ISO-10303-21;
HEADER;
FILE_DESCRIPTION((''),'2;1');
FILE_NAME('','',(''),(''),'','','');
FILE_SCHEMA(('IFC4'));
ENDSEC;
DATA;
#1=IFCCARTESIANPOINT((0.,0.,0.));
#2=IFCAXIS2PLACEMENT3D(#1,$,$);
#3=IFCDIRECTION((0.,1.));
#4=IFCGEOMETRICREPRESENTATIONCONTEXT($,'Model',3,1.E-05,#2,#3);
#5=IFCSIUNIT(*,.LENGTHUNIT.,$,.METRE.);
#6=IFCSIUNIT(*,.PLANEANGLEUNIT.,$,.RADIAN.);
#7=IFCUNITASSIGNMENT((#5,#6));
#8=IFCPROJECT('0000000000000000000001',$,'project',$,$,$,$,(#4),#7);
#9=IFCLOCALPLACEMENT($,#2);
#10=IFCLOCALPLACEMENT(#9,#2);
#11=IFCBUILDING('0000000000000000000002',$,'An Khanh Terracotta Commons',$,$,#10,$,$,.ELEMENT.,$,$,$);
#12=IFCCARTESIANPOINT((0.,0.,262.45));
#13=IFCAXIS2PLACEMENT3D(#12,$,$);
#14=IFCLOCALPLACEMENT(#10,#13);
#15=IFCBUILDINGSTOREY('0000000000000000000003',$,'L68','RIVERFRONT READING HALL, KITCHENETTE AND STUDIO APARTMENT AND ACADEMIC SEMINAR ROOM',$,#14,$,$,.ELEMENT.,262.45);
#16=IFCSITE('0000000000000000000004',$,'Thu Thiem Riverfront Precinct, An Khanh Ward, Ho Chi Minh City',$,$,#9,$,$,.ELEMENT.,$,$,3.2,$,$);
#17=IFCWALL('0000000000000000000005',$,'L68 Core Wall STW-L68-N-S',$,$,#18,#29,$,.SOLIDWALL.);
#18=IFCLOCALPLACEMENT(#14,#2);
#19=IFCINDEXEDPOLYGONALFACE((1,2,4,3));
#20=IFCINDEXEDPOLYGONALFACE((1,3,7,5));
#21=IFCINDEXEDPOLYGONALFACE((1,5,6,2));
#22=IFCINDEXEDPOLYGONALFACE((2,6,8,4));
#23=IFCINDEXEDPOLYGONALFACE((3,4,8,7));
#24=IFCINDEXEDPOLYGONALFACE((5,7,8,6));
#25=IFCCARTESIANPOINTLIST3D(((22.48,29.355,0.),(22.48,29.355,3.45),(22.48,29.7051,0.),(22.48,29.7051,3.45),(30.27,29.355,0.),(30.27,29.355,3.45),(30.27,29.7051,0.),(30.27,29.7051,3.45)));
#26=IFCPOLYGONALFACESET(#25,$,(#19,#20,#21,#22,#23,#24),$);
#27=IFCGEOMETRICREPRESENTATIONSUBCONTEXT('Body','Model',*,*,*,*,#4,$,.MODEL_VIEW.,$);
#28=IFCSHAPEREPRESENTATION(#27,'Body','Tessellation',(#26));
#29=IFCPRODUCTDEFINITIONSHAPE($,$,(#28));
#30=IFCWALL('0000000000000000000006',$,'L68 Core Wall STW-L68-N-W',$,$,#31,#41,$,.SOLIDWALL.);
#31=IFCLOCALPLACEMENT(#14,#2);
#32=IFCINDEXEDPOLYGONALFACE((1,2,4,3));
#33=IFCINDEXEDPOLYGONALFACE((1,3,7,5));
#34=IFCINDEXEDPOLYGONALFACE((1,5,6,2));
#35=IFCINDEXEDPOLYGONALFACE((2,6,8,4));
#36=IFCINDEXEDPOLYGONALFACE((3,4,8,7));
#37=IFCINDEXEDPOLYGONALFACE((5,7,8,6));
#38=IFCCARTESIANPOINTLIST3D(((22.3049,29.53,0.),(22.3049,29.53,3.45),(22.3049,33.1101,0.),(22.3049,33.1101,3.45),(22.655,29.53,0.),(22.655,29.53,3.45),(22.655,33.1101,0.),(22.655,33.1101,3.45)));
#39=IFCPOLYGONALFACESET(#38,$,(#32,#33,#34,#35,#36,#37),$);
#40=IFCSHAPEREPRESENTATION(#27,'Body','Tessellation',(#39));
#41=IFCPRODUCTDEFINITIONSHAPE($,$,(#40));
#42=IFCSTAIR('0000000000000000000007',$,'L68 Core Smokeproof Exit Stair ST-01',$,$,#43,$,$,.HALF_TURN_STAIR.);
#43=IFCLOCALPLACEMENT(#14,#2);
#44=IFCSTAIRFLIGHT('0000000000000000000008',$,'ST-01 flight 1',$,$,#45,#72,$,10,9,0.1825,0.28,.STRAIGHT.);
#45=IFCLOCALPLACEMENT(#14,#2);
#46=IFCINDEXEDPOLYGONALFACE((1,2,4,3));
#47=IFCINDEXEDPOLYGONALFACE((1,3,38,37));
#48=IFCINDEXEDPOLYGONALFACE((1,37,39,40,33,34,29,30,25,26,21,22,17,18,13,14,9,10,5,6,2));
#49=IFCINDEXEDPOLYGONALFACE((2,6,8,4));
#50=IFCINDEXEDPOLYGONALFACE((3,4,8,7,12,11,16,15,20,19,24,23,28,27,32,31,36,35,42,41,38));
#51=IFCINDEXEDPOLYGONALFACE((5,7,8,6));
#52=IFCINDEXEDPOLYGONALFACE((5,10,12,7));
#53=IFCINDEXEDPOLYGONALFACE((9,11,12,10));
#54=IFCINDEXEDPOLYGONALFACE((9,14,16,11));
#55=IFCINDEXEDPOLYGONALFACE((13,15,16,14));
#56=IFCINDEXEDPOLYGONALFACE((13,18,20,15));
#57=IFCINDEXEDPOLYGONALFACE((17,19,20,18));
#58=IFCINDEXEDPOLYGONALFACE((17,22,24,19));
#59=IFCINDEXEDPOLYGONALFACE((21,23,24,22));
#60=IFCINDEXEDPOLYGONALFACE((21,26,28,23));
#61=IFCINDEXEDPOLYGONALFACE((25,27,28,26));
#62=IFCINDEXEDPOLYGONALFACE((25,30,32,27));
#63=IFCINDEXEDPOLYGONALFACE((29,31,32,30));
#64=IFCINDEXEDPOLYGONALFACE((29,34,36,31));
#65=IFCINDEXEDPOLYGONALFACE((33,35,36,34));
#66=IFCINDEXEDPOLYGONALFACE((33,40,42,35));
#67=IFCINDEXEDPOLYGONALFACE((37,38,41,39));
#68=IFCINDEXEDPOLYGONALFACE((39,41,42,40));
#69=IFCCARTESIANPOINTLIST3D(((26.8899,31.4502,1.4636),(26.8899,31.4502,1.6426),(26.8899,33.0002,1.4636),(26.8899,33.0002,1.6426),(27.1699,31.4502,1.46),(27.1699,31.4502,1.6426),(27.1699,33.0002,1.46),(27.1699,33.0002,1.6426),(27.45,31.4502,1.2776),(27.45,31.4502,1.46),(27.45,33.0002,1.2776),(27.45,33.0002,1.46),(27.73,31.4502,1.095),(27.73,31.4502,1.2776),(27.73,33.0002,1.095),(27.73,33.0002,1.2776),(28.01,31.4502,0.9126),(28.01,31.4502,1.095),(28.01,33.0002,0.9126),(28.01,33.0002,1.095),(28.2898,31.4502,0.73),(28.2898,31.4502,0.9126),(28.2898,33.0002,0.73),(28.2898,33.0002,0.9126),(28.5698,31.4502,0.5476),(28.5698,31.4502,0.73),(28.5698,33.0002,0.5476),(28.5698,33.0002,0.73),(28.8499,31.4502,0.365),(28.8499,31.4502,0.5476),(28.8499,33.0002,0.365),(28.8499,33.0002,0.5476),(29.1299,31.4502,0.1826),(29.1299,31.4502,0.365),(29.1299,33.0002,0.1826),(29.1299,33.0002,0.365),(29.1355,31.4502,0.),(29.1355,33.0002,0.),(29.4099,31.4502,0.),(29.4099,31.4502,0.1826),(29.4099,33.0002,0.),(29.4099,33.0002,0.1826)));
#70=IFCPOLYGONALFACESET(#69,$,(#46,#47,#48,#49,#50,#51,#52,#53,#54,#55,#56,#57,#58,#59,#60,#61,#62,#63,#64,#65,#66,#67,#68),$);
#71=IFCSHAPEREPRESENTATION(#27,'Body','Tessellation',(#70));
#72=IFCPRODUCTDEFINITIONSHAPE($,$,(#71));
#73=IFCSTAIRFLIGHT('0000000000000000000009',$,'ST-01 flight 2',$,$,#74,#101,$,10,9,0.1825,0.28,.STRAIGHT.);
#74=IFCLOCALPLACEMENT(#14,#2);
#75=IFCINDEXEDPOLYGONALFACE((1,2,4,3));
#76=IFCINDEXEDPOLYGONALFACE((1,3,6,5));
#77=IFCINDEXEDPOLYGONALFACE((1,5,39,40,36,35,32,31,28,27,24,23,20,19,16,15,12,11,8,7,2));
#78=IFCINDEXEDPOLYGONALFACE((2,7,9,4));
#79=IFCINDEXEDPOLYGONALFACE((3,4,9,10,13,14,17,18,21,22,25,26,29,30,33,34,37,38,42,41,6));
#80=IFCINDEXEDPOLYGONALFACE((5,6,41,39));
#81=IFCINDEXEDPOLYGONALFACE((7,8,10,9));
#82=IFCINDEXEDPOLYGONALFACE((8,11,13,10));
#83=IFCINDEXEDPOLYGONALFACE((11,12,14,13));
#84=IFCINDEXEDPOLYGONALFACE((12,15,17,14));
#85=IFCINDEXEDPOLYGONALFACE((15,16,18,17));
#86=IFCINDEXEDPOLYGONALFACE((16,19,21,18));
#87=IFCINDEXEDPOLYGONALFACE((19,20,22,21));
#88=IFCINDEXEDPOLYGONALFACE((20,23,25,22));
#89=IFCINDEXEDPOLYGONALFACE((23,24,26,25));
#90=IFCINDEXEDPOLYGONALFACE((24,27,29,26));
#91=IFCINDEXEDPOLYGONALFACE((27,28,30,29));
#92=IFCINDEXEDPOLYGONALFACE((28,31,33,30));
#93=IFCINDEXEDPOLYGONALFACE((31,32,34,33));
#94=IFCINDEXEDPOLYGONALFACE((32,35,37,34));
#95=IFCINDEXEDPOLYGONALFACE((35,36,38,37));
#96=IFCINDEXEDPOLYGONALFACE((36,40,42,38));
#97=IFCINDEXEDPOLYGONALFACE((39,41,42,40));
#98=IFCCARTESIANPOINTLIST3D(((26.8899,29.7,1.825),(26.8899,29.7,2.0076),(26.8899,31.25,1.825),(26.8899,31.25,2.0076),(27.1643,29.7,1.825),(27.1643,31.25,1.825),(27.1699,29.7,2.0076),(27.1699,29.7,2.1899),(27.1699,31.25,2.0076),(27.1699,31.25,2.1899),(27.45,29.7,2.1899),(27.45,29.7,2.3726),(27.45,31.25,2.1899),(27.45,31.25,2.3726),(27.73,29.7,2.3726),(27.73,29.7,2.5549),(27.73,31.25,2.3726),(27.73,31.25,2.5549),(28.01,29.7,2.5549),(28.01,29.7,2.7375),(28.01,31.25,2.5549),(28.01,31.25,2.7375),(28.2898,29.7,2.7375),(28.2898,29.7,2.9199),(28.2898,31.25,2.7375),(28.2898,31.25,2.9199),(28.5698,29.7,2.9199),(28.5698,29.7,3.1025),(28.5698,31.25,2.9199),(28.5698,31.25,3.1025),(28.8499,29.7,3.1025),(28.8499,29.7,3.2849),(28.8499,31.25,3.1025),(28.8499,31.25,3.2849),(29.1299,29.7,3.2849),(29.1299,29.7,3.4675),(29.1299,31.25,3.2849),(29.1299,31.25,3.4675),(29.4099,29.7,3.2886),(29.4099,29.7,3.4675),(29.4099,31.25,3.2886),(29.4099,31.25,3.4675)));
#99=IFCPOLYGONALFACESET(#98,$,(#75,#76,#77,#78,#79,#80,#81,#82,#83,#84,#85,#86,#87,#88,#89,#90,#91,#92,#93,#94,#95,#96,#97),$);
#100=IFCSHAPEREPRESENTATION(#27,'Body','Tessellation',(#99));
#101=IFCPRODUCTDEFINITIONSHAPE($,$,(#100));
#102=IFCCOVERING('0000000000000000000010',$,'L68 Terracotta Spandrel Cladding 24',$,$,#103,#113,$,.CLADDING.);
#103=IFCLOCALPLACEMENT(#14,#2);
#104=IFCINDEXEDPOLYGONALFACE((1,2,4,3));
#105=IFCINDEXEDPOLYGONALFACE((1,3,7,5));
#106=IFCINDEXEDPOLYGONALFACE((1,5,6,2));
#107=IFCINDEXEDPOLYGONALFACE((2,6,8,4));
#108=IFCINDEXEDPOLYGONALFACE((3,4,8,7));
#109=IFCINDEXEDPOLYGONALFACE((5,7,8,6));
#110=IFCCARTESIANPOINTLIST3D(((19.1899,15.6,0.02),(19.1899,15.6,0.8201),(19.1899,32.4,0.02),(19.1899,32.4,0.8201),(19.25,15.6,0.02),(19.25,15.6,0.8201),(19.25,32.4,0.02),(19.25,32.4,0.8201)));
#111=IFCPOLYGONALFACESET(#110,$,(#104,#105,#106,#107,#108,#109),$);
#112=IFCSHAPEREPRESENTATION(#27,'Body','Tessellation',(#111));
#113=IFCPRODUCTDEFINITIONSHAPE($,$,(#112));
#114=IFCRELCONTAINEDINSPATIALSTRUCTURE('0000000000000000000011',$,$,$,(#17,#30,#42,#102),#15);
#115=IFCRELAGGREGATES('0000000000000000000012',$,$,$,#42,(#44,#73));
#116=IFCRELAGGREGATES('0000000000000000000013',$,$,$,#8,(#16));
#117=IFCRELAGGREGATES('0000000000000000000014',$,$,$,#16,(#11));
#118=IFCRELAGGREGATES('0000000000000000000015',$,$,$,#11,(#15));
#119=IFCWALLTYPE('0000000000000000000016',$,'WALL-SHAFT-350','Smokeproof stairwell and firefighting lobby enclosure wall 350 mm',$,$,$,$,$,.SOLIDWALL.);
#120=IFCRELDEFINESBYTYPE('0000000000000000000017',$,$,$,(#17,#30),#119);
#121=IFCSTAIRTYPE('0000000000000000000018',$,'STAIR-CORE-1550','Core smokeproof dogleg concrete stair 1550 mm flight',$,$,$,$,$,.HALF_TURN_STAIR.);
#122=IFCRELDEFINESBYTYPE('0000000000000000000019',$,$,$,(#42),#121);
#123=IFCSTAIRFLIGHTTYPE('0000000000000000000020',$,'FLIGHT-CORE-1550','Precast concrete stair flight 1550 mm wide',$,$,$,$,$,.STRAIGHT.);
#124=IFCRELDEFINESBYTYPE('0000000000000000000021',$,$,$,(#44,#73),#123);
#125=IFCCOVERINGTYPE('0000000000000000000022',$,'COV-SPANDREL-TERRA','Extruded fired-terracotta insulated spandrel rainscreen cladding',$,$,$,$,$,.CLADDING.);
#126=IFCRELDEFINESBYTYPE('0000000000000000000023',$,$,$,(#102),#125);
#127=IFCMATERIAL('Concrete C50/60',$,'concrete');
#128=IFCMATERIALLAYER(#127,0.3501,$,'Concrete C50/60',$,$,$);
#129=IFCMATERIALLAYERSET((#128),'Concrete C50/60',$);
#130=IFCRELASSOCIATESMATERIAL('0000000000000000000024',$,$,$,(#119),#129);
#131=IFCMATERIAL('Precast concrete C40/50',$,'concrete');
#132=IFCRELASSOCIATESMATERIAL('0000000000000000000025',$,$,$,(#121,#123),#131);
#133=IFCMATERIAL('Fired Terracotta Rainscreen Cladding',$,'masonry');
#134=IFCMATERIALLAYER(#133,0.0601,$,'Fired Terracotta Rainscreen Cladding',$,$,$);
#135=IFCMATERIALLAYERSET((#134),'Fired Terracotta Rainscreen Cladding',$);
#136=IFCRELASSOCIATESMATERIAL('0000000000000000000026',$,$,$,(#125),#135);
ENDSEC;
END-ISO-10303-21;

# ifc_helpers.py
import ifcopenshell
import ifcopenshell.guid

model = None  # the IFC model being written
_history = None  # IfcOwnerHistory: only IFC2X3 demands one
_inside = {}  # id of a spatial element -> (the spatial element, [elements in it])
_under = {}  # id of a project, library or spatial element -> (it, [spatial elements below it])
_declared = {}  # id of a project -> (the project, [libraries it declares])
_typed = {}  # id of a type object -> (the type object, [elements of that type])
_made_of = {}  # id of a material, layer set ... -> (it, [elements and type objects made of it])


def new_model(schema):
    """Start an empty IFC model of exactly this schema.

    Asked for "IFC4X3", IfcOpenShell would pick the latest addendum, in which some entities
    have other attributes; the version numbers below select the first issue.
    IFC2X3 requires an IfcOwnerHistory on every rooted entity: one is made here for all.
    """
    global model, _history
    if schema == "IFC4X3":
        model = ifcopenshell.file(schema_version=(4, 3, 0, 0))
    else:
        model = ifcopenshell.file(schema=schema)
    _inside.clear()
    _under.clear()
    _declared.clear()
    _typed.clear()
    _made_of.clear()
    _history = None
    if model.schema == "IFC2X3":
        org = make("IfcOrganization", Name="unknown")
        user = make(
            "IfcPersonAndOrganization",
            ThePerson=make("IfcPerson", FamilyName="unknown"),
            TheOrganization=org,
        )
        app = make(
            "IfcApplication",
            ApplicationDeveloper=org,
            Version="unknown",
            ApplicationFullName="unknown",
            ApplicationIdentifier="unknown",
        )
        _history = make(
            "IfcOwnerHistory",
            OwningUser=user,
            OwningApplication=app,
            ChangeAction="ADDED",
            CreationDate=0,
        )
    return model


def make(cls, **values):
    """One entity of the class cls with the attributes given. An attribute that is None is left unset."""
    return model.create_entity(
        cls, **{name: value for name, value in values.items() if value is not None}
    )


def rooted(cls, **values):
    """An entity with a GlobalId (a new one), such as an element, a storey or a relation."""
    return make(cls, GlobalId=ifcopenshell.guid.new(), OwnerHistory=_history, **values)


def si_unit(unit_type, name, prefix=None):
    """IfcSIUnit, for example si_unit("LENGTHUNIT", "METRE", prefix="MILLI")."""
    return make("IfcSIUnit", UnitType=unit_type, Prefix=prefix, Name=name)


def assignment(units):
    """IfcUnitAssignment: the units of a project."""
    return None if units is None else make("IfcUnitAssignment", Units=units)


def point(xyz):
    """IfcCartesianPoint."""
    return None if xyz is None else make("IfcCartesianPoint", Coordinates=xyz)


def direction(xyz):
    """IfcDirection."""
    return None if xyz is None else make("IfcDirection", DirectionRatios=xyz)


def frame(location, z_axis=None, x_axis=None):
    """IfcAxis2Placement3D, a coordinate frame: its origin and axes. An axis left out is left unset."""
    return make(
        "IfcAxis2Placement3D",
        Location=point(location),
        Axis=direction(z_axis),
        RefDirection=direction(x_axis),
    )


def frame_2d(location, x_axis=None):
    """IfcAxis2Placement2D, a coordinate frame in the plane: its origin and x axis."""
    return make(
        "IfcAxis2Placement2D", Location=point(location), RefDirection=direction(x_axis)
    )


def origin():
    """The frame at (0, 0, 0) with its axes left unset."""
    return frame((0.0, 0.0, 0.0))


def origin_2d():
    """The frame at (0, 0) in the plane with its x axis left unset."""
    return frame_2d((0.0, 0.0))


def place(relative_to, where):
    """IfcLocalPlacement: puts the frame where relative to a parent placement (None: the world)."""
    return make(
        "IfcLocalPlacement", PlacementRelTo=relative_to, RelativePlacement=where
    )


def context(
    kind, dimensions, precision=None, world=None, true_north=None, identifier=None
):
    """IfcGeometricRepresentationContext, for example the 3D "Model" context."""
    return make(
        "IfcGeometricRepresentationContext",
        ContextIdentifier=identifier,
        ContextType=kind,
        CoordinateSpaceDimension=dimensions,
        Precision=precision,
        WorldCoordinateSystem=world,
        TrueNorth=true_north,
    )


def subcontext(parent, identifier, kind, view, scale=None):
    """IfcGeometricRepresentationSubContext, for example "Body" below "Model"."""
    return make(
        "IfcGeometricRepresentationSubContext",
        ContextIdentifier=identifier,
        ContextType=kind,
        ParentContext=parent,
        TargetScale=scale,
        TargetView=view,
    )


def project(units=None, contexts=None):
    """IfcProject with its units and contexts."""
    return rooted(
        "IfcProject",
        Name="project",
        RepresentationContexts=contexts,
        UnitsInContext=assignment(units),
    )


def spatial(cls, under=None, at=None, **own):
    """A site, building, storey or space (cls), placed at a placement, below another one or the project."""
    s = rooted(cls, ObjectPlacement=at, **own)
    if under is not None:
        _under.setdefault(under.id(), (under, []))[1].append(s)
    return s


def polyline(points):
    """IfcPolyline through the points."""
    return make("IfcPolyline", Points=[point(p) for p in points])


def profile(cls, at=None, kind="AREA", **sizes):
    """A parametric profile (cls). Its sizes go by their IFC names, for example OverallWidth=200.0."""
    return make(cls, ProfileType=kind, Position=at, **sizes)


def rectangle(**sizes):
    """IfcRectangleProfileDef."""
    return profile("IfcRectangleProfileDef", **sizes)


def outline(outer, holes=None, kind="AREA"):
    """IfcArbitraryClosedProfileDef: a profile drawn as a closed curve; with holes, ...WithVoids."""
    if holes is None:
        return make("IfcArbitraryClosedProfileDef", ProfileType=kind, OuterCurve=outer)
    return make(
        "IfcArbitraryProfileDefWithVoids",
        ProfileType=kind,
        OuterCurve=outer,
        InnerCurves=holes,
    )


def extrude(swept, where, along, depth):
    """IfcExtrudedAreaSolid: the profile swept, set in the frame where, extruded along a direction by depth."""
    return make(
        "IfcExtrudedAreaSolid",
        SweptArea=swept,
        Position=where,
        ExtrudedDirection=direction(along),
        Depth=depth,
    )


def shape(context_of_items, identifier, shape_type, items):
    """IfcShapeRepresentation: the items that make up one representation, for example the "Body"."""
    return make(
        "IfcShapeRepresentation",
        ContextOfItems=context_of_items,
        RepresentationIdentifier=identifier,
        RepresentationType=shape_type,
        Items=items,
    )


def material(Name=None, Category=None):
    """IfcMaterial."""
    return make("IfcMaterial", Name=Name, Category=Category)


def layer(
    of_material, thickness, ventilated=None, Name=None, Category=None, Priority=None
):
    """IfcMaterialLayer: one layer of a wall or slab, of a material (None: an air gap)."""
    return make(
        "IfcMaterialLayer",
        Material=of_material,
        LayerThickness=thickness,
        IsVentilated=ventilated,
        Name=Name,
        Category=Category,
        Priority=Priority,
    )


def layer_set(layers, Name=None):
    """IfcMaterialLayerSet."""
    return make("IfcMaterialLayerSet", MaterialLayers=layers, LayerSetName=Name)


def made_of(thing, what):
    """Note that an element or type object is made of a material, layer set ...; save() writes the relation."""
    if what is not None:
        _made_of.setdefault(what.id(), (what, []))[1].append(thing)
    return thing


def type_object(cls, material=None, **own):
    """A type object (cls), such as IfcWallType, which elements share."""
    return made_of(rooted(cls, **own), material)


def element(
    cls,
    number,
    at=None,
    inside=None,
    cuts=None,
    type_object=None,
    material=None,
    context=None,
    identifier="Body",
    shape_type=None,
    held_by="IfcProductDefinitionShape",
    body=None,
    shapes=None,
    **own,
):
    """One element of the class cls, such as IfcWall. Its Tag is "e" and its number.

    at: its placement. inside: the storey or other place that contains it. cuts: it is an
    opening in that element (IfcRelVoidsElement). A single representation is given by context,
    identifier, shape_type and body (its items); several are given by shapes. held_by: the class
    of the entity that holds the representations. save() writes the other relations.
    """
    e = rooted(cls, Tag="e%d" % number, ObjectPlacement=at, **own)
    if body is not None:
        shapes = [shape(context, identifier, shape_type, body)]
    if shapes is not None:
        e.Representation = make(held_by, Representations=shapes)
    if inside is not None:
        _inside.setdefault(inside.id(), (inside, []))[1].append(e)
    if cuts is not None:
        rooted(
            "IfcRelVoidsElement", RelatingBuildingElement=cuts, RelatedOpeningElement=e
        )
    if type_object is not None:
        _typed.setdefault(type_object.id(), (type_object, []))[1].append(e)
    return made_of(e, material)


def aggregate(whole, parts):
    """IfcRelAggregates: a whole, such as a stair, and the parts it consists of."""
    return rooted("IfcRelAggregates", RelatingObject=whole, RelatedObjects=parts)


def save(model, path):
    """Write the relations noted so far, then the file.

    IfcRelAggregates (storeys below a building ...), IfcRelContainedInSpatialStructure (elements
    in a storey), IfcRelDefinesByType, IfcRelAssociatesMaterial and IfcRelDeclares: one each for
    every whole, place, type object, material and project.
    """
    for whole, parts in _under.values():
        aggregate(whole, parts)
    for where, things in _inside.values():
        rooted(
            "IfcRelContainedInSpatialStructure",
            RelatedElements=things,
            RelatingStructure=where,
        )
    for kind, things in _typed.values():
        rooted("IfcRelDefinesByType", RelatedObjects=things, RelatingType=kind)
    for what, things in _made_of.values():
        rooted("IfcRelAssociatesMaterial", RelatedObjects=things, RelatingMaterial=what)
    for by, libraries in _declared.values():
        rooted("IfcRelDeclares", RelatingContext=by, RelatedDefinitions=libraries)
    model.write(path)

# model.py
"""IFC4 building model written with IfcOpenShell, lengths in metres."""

from ifc_helpers import new_model, si_unit, direction, frame, frame_2d, origin, origin_2d, place, context, subcontext, project, spatial, polyline, rectangle, outline, extrude, material, layer, layer_set, type_object, element, aggregate, save


model = new_model("IFC4")

# Units and contexts
model_context = context("Model", 3, precision=1e-05, world=origin(), true_north=direction((0.0, 1.0)))
body_context = subcontext(model_context, "Body", "Model", "MODEL_VIEW")
ifc_project = project(units=[si_unit("LENGTHUNIT", "METRE"), si_unit("PLANEANGLEUNIT", "RADIAN")], contexts=[model_context])

# Site, building, storey
site_placement = place(None, origin())
site = spatial("IfcSite", under=ifc_project, at=site_placement, Name="Thu Thiem Riverfront Precinct, An Khanh Ward, Ho Chi Minh City", CompositionType="ELEMENT", RefElevation=3.2)
building_placement = place(site_placement, origin())
building = spatial("IfcBuilding", under=site, at=building_placement, Name="An Khanh Terracotta Commons", CompositionType="ELEMENT")
storey_placement = place(building_placement, frame((0.0, 0.0, 262.45)))
storey = spatial("IfcBuildingStorey", under=building, at=storey_placement, Name="L68", Description="RIVERFRONT READING HALL, KITCHENETTE AND STUDIO APARTMENT AND ACADEMIC SEMINAR ROOM", CompositionType="ELEMENT", Elevation=262.45)

# Shared definitions
ifc_material_1 = material(Name="Concrete C50/60", Category="concrete")

# Shared definitions
ifc_material_2 = material(Name="Precast concrete C40/50", Category="concrete")

# Walls
ifc_layer_1 = layer(ifc_material_1, 0.3501, Name="Concrete C50/60")
ifc_layer_set_1 = layer_set([ifc_layer_1], Name="Concrete C50/60")
wall_type_1 = type_object("IfcWallType", Name="WALL-SHAFT-350", Description="Smokeproof stairwell and firefighting lobby enclosure wall 350 mm", PredefinedType="SOLIDWALL", material=ifc_layer_set_1)
wall_1_placement = place(storey_placement, frame((22.48, 29.53, 0.0), z_axis=(0.0, 0.0, 1.0), x_axis=(1.0, 0.0, 0.0)))
element("IfcWall", 1, at=wall_1_placement, inside=storey, type_object=wall_type_1, Name="L68 Core Wall STW-L68-N-S", PredefinedType="SOLIDWALL", context=body_context, shape_type="SweptSolid", body=[
    extrude(rectangle(XDim=7.79, YDim=0.3501, at=frame_2d((3.895, 0.0))), origin(), (0.0, 0.0, 1.0), 3.45),
])
wall_2_placement = place(storey_placement, frame((22.48, 29.53, 0.0), z_axis=(0.0, 0.0, 1.0), x_axis=(0.0, 1.0, 0.0)))
element("IfcWall", 2, at=wall_2_placement, inside=storey, type_object=wall_type_1, Name="L68 Core Wall STW-L68-N-W", PredefinedType="SOLIDWALL", context=body_context, shape_type="SweptSolid", body=[
    extrude(rectangle(XDim=3.5801, YDim=0.3501, at=frame_2d((1.79, 0.0))), origin(), (0.0, 0.0, 1.0), 3.45),
])

# Stair, stair flights
stair_type = type_object("IfcStairType", Name="STAIR-CORE-1550", Description="Core smokeproof dogleg concrete stair 1550 mm flight", PredefinedType="HALF_TURN_STAIR", material=ifc_material_2)
stair_placement = place(storey_placement, origin())
stair = element("IfcStair", 3, at=stair_placement, inside=storey, type_object=stair_type, Name="L68 Core Smokeproof Exit Stair ST-01", PredefinedType="HALF_TURN_STAIR")
stair_flight_type = type_object("IfcStairFlightType", Name="FLIGHT-CORE-1550", Description="Precast concrete stair flight 1550 mm wide", PredefinedType="STRAIGHT", material=ifc_material_2)
stair_flight_1_placement = place(storey_placement, frame((29.4099, 32.2251, 0.0), z_axis=(0.0, 0.0, 1.0), x_axis=(-1.0, 0.0, 0.0)))
stair_flight_1 = element("IfcStairFlight", 4, at=stair_flight_1_placement, type_object=stair_flight_type, Name="ST-01 flight 1", NumberOfRisers=10, NumberOfTreads=9, PredefinedType="STRAIGHT", RiserHeight=0.1825, TreadLength=0.28, context=body_context, shape_type="SweptSolid", body=[
    extrude(outline(polyline([(0.0, 0.0), (0.0, 0.1826), (0.28, 0.1826), (0.28, 0.365), (0.5601, 0.365), (0.5601, 0.5476), (0.8401, 0.5476), (0.8401, 0.73), (1.1201, 0.73), (1.1201, 0.9126), (1.3999, 0.9126), (1.3999, 1.095), (1.6799, 1.095), (1.6799, 1.2776), (1.96, 1.2776), (1.96, 1.46), (2.24, 1.46), (2.24, 1.6426), (2.52, 1.6426), (2.52, 1.825), (2.52, 1.4636), (0.2744, 0.0), (0.0, 0.0)])), frame((0.0, 0.7749, 0.0), z_axis=(0.0, -1.0, 0.0), x_axis=(1.0, 0.0, 0.0)), (0.0, 0.0, 1.0), 1.55),
])
stair_flight_2_placement = place(storey_placement, frame((26.8899, 30.4751, 1.825), z_axis=(0.0, 0.0, 1.0), x_axis=(1.0, 0.0, 0.0)))
stair_flight_2 = element("IfcStairFlight", 5, at=stair_flight_2_placement, type_object=stair_flight_type, Name="ST-01 flight 2", NumberOfRisers=10, NumberOfTreads=9, PredefinedType="STRAIGHT", RiserHeight=0.1825, TreadLength=0.28, context=body_context, shape_type="SweptSolid", body=[
    extrude(outline(polyline([(0.0, 0.0), (0.0, 0.1826), (0.28, 0.1826), (0.28, 0.365), (0.5601, 0.365), (0.5601, 0.5476), (0.8401, 0.5476), (0.8401, 0.73), (1.1201, 0.73), (1.1201, 0.9126), (1.3999, 0.9126), (1.3999, 1.095), (1.6799, 1.095), (1.6799, 1.2776), (1.96, 1.2776), (1.96, 1.46), (2.24, 1.46), (2.24, 1.6426), (2.52, 1.6426), (2.52, 1.825), (2.52, 1.4636), (0.2744, 0.0), (0.0, 0.0)])), frame((0.0, 0.7749, 0.0), z_axis=(0.0, -1.0, 0.0), x_axis=(1.0, 0.0, 0.0)), (0.0, 0.0, 1.0), 1.55),
])
aggregate(stair, [stair_flight_1, stair_flight_2])

# Covering
ifc_material_3 = material(Name="Fired Terracotta Rainscreen Cladding", Category="masonry")
ifc_layer_2 = layer(ifc_material_3, 0.0601, Name="Fired Terracotta Rainscreen Cladding")
ifc_layer_set_2 = layer_set([ifc_layer_2], Name="Fired Terracotta Rainscreen Cladding")
covering_type = type_object("IfcCoveringType", Name="COV-SPANDREL-TERRA", Description="Extruded fired-terracotta insulated spandrel rainscreen cladding", PredefinedType="CLADDING", material=ifc_layer_set_2)
covering_placement = place(storey_placement, frame((19.22, 24.0, 0.02), z_axis=(0.0, 0.0, 1.0), x_axis=(0.0, -1.0, 0.0)))
element("IfcCovering", 6, at=covering_placement, inside=storey, type_object=covering_type, Name="L68 Terracotta Spandrel Cladding 24", PredefinedType="CLADDING", context=body_context, shape_type="SweptSolid", body=[
    extrude(rectangle(XDim=16.8, YDim=0.0601, at=origin_2d()), origin(), (0.0, 0.0, 1.0), 0.8),
])

save(model, "model.ifc")
